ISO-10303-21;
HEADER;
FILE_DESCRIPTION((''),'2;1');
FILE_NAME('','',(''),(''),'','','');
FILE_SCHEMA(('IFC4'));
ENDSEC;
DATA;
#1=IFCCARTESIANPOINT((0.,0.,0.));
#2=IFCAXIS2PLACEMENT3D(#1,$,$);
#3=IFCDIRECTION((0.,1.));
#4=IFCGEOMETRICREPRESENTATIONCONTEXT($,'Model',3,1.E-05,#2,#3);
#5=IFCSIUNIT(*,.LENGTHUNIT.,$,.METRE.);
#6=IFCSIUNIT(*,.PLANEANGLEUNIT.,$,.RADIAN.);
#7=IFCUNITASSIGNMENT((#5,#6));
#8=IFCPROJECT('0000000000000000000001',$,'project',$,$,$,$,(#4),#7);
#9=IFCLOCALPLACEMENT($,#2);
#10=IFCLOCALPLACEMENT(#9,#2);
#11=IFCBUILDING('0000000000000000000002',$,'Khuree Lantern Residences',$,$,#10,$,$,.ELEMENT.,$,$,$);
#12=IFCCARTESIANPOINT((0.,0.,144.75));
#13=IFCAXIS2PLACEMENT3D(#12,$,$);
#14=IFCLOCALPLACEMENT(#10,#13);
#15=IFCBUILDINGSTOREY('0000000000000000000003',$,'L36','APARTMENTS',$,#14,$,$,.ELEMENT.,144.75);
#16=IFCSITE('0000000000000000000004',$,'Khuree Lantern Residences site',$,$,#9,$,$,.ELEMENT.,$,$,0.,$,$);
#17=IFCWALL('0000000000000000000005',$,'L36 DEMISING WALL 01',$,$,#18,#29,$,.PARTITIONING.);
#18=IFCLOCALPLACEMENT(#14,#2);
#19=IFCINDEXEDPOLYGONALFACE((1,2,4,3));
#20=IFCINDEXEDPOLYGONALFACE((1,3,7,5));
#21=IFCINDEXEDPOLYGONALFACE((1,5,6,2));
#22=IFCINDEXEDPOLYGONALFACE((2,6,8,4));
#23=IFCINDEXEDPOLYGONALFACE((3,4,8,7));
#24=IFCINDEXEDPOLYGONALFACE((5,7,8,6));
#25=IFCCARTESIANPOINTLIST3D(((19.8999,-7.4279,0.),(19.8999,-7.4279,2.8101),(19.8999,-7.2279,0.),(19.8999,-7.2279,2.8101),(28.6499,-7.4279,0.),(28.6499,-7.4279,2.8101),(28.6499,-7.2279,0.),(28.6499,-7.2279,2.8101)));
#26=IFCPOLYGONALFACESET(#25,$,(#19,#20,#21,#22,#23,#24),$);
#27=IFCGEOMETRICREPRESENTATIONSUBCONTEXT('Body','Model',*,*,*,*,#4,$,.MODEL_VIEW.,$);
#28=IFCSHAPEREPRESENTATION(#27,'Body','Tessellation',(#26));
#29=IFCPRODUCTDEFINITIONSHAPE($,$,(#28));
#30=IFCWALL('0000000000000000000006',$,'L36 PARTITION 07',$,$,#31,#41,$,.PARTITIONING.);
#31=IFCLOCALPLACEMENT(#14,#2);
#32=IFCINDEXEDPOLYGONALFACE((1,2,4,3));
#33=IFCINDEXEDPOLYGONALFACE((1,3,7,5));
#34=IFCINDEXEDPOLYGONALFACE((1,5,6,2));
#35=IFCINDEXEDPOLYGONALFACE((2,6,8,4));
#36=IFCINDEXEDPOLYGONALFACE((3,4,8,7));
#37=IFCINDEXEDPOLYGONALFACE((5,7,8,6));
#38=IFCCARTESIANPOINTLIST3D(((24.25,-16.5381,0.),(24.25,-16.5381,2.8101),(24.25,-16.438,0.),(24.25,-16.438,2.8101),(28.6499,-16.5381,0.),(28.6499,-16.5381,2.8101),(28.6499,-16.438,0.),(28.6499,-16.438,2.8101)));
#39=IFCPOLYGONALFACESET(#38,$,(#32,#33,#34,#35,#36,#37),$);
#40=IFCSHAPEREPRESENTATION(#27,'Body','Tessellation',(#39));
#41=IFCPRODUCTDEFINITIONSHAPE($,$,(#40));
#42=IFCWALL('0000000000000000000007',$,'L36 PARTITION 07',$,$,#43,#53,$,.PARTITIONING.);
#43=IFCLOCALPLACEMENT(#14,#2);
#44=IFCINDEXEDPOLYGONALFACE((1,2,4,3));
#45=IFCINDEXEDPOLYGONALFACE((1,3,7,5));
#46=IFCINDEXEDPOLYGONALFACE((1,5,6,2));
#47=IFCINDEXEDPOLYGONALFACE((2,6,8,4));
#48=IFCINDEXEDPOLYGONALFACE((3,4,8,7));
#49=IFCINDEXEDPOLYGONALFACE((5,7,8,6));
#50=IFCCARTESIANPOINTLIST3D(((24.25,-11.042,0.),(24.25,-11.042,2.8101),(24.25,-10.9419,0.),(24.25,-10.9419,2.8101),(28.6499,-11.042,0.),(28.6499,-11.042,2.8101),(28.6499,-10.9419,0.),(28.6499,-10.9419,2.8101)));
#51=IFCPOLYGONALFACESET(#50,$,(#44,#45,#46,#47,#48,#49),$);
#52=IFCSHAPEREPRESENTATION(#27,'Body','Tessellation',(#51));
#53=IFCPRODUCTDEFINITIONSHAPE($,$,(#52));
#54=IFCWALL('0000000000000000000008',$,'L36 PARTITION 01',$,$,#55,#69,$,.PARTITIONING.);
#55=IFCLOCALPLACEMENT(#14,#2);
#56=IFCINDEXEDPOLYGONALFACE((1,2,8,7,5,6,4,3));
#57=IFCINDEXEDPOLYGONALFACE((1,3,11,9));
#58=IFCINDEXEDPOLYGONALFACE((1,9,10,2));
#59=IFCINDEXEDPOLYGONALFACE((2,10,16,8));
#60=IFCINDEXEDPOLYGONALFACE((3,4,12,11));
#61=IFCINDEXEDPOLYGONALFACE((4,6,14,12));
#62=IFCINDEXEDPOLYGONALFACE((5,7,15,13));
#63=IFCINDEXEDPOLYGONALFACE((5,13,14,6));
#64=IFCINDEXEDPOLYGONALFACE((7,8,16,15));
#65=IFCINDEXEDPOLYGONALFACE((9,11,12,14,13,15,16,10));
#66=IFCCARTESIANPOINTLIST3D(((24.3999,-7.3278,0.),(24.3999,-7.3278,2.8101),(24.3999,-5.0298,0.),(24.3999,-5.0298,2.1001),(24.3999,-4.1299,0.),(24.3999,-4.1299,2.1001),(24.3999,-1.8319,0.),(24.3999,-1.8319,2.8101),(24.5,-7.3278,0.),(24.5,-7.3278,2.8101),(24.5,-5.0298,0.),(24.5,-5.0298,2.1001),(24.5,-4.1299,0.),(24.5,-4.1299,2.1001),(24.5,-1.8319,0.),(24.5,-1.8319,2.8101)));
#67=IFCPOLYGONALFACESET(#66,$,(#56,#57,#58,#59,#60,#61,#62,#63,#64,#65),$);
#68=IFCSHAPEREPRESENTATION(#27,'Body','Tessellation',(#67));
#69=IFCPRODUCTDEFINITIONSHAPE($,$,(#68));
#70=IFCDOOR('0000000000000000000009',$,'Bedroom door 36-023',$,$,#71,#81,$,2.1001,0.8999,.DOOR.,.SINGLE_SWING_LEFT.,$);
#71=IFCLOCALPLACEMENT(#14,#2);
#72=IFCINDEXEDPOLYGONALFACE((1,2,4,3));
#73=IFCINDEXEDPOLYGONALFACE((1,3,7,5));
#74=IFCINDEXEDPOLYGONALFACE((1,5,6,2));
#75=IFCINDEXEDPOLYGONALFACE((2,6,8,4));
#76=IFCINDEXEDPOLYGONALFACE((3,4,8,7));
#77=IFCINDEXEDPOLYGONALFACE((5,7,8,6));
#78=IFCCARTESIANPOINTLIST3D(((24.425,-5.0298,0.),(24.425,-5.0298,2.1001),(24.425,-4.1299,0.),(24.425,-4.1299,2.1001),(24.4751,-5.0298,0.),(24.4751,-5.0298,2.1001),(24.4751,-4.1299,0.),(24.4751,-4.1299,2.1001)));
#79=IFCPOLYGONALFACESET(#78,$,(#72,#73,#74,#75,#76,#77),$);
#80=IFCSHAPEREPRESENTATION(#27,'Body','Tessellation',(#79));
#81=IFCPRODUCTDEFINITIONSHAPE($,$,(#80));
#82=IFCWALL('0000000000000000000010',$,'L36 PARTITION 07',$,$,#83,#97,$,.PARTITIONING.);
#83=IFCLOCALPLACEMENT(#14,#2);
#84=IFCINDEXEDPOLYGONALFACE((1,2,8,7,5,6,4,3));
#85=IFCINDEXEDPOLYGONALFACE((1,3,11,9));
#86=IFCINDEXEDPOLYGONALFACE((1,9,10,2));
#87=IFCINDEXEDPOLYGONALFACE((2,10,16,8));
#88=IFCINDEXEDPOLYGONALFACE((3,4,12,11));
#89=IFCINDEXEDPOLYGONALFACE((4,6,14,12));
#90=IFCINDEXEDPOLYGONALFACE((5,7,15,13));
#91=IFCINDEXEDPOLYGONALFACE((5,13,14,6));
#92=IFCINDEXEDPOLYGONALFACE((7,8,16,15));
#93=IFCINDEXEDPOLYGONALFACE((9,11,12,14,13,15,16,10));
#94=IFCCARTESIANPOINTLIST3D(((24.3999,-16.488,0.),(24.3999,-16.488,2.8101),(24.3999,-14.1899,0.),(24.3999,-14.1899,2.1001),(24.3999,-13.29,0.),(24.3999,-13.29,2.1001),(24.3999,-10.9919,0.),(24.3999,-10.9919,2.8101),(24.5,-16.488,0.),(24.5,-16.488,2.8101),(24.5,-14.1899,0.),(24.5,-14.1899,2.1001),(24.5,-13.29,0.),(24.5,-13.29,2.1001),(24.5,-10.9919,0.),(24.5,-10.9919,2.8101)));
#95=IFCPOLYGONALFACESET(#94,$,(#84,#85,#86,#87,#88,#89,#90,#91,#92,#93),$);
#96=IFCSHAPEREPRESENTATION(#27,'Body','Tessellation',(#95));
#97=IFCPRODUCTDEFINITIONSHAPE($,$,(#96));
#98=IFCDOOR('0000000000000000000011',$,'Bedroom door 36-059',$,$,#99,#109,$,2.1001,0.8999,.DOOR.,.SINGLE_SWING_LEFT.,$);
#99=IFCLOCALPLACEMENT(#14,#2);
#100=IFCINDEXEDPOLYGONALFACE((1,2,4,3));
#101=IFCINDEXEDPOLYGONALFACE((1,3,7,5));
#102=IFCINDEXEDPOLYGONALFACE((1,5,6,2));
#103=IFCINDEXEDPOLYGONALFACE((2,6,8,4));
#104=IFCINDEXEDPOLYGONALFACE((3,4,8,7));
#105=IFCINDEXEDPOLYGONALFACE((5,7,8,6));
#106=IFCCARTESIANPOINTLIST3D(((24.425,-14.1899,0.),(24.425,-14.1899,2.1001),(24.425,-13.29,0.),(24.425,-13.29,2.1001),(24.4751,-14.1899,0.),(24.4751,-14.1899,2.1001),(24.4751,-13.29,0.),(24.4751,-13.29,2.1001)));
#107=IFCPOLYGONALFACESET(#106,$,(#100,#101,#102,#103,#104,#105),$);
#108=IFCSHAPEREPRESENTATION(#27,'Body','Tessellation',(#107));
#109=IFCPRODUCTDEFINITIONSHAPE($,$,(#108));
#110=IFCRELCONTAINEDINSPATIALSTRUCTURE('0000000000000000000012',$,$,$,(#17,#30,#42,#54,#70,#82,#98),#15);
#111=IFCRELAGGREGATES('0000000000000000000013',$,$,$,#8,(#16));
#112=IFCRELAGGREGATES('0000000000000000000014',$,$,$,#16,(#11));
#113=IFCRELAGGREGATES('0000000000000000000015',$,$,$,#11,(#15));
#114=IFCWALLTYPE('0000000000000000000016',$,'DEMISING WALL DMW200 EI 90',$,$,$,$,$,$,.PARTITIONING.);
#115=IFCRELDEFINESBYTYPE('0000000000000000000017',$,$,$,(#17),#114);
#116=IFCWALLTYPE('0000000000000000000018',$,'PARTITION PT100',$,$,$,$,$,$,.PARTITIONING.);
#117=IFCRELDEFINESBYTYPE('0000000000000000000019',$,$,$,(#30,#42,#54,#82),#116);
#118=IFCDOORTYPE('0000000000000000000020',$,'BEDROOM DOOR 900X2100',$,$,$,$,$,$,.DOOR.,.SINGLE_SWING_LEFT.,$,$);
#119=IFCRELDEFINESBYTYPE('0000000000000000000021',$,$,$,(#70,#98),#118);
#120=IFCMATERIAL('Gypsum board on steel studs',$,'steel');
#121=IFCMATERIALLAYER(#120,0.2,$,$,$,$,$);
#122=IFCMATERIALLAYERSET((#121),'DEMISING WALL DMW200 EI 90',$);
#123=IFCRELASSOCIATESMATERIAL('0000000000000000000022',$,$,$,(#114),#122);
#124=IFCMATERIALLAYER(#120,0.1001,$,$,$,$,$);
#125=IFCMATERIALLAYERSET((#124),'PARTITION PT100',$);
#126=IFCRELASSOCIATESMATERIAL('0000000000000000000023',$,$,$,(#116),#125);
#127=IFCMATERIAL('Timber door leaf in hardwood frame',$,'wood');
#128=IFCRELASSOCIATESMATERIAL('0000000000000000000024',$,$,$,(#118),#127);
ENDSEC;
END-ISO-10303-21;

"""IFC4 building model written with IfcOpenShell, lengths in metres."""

from ifc_helpers import new_model, si_unit, direction, frame, frame_2d, origin, place, context, subcontext, project, spatial, rectangle, extrude, material, layer, layer_set, type_object, element, fill, save


model = new_model("IFC4")

# Units and contexts
model_context = context("Model", 3, precision=1e-05, world=origin(), true_north=direction((0.0, 1.0)))
body_context = subcontext(model_context, "Body", "Model", "MODEL_VIEW")
ifc_project = project(units=[si_unit("LENGTHUNIT", "METRE"), si_unit("PLANEANGLEUNIT", "RADIAN")], contexts=[model_context])

# Site, building, storey
site_placement = place(None, origin())
site = spatial("IfcSite", under=ifc_project, at=site_placement, Name="Khuree Lantern Residences site", CompositionType="ELEMENT", RefElevation=0.0)
building_placement = place(site_placement, origin())
building = spatial("IfcBuilding", under=site, at=building_placement, Name="Khuree Lantern Residences", CompositionType="ELEMENT")
storey_placement = place(building_placement, frame((0.0, 0.0, 144.75)))
storey = spatial("IfcBuildingStorey", under=building, at=storey_placement, Name="L36", Description="APARTMENTS", CompositionType="ELEMENT", Elevation=144.75)

# Shared definitions
ifc_material_1 = material(Name="Timber door leaf in hardwood frame", Category="wood")

# Shared definitions
ifc_material_2 = material(Name="Gypsum board on steel studs", Category="steel")

# Walls
ifc_layer_1 = layer(ifc_material_2, 0.2)
ifc_layer_set_1 = layer_set([ifc_layer_1], Name="DEMISING WALL DMW200 EI 90")
wall_type_1 = type_object("IfcWallType", Name="DEMISING WALL DMW200 EI 90", PredefinedType="PARTITIONING", material=ifc_layer_set_1)
wall_1_placement = place(storey_placement, frame((19.8999, -7.3279, 0.0), z_axis=(0.0, 0.0, 1.0), x_axis=(1.0, 0.0, 0.0)))
element("IfcWall", 1, at=wall_1_placement, inside=storey, type_object=wall_type_1, Name="L36 DEMISING WALL 01", PredefinedType="PARTITIONING", context=body_context, shape_type="SweptSolid", body=[
    extrude(rectangle(XDim=8.75, YDim=0.2, at=frame_2d((4.375, 0.0))), origin(), (0.0, 0.0, 1.0), 2.8101),
])
ifc_layer_2 = layer(ifc_material_2, 0.1001)
ifc_layer_set_2 = layer_set([ifc_layer_2], Name="PARTITION PT100")
wall_type_2 = type_object("IfcWallType", Name="PARTITION PT100", PredefinedType="PARTITIONING", material=ifc_layer_set_2)
for number, where, z_axis, x_axis, name in (
    (2, (24.25, -16.488, 0.0), (0.0, 0.0, 1.0), (1.0, 0.0, 0.0), "L36 PARTITION 07"),
    (3, (24.25, -10.9919, 0.0), (0.0, 0.0, 1.0), (1.0, 0.0, 0.0), "L36 PARTITION 07"),
):
    element("IfcWall", number, at=place(storey_placement, frame(where, z_axis=z_axis, x_axis=x_axis)), inside=storey, type_object=wall_type_2, Name=name, PredefinedType="PARTITIONING", context=body_context, shape_type="SweptSolid", body=[
        extrude(rectangle(XDim=4.3999, YDim=0.1001, at=frame_2d((2.2, 0.0))), origin(), (0.0, 0.0, 1.0), 2.8101),
    ])

# Walls, openings, doors
wall_2_placement = place(storey_placement, frame((24.45, -7.3279, 0.0), z_axis=(0.0, 0.0, 1.0), x_axis=(0.0, 1.0, 0.0)))
wall_2 = element("IfcWall", 4, at=wall_2_placement, inside=storey, type_object=wall_type_2, Name="L36 PARTITION 01", PredefinedType="PARTITIONING", context=body_context, shape_type="SweptSolid", body=[
    extrude(rectangle(XDim=5.4958, YDim=0.1001, at=frame_2d((2.748, 0.0))), origin(), (0.0, 0.0, 1.0), 2.8101),
])
opening_1_placement = place(wall_2_placement, frame((2.2981, 0.0, 0.0)))
opening_1 = element("IfcOpeningElement", 5, at=opening_1_placement, cuts=wall_2, PredefinedType="OPENING", context=body_context, shape_type="SweptSolid", body=[
    extrude(rectangle(XDim=0.8999, YDim=2.1001, at=frame_2d((0.45, 1.05))), frame((0.0, 0.0601, 0.0), z_axis=(0.0, -1.0, 0.0), x_axis=(1.0, 0.0, 0.0)), (0.0, 0.0, 1.0), 0.1201),
])
door_type_1 = type_object("IfcDoorType", Name="BEDROOM DOOR 900X2100", OperationType="SINGLE_SWING_LEFT", PredefinedType="DOOR", material=ifc_material_1)
door_1_placement = place(opening_1_placement, origin())
door_1 = element("IfcDoor", 6, at=door_1_placement, inside=storey, type_object=door_type_1, Name="Bedroom door 36-023", OperationType="SINGLE_SWING_LEFT", OverallHeight=2.1001, OverallWidth=0.8999, PredefinedType="DOOR", context=body_context, shape_type="SweptSolid", body=[
    extrude(rectangle(XDim=0.8999, YDim=2.1001, at=frame_2d((0.45, 1.05))), frame((0.0, 0.0249, 0.0), z_axis=(0.0, -1.0, 0.0), x_axis=(1.0, 0.0, 0.0)), (0.0, 0.0, 1.0), 0.05),
])
fill(opening_1, door_1)
wall_3_placement = place(storey_placement, frame((24.45, -16.488, 0.0), z_axis=(0.0, 0.0, 1.0), x_axis=(0.0, 1.0, 0.0)))
wall_3 = element("IfcWall", 7, at=wall_3_placement, inside=storey, type_object=wall_type_2, Name="L36 PARTITION 07", PredefinedType="PARTITIONING", context=body_context, shape_type="SweptSolid", body=[
    extrude(rectangle(XDim=5.4961, YDim=0.1001, at=frame_2d((2.748, 0.0))), origin(), (0.0, 0.0, 1.0), 2.8101),
])
opening_2_placement = place(wall_3_placement, frame((2.2981, 0.0, 0.0)))
opening_2 = element("IfcOpeningElement", 8, at=opening_2_placement, cuts=wall_3, PredefinedType="OPENING", context=body_context, shape_type="SweptSolid", body=[
    extrude(rectangle(XDim=0.8999, YDim=2.1001, at=frame_2d((0.45, 1.05))), frame((0.0, 0.0601, 0.0), z_axis=(0.0, -1.0, 0.0), x_axis=(1.0, 0.0, 0.0)), (0.0, 0.0, 1.0), 0.1201),
])
door_2_placement = place(opening_2_placement, origin())
door_2 = element("IfcDoor", 9, at=door_2_placement, inside=storey, type_object=door_type_1, Name="Bedroom door 36-059", OperationType="SINGLE_SWING_LEFT", OverallHeight=2.1001, OverallWidth=0.8999, PredefinedType="DOOR", context=body_context, shape_type="SweptSolid", body=[
    extrude(rectangle(XDim=0.8999, YDim=2.1001, at=frame_2d((0.45, 1.05))), frame((0.0, 0.0249, 0.0), z_axis=(0.0, -1.0, 0.0), x_axis=(1.0, 0.0, 0.0)), (0.0, 0.0, 1.0), 0.05),
])
fill(opening_2, door_2)

save(model, "model.ifc")
